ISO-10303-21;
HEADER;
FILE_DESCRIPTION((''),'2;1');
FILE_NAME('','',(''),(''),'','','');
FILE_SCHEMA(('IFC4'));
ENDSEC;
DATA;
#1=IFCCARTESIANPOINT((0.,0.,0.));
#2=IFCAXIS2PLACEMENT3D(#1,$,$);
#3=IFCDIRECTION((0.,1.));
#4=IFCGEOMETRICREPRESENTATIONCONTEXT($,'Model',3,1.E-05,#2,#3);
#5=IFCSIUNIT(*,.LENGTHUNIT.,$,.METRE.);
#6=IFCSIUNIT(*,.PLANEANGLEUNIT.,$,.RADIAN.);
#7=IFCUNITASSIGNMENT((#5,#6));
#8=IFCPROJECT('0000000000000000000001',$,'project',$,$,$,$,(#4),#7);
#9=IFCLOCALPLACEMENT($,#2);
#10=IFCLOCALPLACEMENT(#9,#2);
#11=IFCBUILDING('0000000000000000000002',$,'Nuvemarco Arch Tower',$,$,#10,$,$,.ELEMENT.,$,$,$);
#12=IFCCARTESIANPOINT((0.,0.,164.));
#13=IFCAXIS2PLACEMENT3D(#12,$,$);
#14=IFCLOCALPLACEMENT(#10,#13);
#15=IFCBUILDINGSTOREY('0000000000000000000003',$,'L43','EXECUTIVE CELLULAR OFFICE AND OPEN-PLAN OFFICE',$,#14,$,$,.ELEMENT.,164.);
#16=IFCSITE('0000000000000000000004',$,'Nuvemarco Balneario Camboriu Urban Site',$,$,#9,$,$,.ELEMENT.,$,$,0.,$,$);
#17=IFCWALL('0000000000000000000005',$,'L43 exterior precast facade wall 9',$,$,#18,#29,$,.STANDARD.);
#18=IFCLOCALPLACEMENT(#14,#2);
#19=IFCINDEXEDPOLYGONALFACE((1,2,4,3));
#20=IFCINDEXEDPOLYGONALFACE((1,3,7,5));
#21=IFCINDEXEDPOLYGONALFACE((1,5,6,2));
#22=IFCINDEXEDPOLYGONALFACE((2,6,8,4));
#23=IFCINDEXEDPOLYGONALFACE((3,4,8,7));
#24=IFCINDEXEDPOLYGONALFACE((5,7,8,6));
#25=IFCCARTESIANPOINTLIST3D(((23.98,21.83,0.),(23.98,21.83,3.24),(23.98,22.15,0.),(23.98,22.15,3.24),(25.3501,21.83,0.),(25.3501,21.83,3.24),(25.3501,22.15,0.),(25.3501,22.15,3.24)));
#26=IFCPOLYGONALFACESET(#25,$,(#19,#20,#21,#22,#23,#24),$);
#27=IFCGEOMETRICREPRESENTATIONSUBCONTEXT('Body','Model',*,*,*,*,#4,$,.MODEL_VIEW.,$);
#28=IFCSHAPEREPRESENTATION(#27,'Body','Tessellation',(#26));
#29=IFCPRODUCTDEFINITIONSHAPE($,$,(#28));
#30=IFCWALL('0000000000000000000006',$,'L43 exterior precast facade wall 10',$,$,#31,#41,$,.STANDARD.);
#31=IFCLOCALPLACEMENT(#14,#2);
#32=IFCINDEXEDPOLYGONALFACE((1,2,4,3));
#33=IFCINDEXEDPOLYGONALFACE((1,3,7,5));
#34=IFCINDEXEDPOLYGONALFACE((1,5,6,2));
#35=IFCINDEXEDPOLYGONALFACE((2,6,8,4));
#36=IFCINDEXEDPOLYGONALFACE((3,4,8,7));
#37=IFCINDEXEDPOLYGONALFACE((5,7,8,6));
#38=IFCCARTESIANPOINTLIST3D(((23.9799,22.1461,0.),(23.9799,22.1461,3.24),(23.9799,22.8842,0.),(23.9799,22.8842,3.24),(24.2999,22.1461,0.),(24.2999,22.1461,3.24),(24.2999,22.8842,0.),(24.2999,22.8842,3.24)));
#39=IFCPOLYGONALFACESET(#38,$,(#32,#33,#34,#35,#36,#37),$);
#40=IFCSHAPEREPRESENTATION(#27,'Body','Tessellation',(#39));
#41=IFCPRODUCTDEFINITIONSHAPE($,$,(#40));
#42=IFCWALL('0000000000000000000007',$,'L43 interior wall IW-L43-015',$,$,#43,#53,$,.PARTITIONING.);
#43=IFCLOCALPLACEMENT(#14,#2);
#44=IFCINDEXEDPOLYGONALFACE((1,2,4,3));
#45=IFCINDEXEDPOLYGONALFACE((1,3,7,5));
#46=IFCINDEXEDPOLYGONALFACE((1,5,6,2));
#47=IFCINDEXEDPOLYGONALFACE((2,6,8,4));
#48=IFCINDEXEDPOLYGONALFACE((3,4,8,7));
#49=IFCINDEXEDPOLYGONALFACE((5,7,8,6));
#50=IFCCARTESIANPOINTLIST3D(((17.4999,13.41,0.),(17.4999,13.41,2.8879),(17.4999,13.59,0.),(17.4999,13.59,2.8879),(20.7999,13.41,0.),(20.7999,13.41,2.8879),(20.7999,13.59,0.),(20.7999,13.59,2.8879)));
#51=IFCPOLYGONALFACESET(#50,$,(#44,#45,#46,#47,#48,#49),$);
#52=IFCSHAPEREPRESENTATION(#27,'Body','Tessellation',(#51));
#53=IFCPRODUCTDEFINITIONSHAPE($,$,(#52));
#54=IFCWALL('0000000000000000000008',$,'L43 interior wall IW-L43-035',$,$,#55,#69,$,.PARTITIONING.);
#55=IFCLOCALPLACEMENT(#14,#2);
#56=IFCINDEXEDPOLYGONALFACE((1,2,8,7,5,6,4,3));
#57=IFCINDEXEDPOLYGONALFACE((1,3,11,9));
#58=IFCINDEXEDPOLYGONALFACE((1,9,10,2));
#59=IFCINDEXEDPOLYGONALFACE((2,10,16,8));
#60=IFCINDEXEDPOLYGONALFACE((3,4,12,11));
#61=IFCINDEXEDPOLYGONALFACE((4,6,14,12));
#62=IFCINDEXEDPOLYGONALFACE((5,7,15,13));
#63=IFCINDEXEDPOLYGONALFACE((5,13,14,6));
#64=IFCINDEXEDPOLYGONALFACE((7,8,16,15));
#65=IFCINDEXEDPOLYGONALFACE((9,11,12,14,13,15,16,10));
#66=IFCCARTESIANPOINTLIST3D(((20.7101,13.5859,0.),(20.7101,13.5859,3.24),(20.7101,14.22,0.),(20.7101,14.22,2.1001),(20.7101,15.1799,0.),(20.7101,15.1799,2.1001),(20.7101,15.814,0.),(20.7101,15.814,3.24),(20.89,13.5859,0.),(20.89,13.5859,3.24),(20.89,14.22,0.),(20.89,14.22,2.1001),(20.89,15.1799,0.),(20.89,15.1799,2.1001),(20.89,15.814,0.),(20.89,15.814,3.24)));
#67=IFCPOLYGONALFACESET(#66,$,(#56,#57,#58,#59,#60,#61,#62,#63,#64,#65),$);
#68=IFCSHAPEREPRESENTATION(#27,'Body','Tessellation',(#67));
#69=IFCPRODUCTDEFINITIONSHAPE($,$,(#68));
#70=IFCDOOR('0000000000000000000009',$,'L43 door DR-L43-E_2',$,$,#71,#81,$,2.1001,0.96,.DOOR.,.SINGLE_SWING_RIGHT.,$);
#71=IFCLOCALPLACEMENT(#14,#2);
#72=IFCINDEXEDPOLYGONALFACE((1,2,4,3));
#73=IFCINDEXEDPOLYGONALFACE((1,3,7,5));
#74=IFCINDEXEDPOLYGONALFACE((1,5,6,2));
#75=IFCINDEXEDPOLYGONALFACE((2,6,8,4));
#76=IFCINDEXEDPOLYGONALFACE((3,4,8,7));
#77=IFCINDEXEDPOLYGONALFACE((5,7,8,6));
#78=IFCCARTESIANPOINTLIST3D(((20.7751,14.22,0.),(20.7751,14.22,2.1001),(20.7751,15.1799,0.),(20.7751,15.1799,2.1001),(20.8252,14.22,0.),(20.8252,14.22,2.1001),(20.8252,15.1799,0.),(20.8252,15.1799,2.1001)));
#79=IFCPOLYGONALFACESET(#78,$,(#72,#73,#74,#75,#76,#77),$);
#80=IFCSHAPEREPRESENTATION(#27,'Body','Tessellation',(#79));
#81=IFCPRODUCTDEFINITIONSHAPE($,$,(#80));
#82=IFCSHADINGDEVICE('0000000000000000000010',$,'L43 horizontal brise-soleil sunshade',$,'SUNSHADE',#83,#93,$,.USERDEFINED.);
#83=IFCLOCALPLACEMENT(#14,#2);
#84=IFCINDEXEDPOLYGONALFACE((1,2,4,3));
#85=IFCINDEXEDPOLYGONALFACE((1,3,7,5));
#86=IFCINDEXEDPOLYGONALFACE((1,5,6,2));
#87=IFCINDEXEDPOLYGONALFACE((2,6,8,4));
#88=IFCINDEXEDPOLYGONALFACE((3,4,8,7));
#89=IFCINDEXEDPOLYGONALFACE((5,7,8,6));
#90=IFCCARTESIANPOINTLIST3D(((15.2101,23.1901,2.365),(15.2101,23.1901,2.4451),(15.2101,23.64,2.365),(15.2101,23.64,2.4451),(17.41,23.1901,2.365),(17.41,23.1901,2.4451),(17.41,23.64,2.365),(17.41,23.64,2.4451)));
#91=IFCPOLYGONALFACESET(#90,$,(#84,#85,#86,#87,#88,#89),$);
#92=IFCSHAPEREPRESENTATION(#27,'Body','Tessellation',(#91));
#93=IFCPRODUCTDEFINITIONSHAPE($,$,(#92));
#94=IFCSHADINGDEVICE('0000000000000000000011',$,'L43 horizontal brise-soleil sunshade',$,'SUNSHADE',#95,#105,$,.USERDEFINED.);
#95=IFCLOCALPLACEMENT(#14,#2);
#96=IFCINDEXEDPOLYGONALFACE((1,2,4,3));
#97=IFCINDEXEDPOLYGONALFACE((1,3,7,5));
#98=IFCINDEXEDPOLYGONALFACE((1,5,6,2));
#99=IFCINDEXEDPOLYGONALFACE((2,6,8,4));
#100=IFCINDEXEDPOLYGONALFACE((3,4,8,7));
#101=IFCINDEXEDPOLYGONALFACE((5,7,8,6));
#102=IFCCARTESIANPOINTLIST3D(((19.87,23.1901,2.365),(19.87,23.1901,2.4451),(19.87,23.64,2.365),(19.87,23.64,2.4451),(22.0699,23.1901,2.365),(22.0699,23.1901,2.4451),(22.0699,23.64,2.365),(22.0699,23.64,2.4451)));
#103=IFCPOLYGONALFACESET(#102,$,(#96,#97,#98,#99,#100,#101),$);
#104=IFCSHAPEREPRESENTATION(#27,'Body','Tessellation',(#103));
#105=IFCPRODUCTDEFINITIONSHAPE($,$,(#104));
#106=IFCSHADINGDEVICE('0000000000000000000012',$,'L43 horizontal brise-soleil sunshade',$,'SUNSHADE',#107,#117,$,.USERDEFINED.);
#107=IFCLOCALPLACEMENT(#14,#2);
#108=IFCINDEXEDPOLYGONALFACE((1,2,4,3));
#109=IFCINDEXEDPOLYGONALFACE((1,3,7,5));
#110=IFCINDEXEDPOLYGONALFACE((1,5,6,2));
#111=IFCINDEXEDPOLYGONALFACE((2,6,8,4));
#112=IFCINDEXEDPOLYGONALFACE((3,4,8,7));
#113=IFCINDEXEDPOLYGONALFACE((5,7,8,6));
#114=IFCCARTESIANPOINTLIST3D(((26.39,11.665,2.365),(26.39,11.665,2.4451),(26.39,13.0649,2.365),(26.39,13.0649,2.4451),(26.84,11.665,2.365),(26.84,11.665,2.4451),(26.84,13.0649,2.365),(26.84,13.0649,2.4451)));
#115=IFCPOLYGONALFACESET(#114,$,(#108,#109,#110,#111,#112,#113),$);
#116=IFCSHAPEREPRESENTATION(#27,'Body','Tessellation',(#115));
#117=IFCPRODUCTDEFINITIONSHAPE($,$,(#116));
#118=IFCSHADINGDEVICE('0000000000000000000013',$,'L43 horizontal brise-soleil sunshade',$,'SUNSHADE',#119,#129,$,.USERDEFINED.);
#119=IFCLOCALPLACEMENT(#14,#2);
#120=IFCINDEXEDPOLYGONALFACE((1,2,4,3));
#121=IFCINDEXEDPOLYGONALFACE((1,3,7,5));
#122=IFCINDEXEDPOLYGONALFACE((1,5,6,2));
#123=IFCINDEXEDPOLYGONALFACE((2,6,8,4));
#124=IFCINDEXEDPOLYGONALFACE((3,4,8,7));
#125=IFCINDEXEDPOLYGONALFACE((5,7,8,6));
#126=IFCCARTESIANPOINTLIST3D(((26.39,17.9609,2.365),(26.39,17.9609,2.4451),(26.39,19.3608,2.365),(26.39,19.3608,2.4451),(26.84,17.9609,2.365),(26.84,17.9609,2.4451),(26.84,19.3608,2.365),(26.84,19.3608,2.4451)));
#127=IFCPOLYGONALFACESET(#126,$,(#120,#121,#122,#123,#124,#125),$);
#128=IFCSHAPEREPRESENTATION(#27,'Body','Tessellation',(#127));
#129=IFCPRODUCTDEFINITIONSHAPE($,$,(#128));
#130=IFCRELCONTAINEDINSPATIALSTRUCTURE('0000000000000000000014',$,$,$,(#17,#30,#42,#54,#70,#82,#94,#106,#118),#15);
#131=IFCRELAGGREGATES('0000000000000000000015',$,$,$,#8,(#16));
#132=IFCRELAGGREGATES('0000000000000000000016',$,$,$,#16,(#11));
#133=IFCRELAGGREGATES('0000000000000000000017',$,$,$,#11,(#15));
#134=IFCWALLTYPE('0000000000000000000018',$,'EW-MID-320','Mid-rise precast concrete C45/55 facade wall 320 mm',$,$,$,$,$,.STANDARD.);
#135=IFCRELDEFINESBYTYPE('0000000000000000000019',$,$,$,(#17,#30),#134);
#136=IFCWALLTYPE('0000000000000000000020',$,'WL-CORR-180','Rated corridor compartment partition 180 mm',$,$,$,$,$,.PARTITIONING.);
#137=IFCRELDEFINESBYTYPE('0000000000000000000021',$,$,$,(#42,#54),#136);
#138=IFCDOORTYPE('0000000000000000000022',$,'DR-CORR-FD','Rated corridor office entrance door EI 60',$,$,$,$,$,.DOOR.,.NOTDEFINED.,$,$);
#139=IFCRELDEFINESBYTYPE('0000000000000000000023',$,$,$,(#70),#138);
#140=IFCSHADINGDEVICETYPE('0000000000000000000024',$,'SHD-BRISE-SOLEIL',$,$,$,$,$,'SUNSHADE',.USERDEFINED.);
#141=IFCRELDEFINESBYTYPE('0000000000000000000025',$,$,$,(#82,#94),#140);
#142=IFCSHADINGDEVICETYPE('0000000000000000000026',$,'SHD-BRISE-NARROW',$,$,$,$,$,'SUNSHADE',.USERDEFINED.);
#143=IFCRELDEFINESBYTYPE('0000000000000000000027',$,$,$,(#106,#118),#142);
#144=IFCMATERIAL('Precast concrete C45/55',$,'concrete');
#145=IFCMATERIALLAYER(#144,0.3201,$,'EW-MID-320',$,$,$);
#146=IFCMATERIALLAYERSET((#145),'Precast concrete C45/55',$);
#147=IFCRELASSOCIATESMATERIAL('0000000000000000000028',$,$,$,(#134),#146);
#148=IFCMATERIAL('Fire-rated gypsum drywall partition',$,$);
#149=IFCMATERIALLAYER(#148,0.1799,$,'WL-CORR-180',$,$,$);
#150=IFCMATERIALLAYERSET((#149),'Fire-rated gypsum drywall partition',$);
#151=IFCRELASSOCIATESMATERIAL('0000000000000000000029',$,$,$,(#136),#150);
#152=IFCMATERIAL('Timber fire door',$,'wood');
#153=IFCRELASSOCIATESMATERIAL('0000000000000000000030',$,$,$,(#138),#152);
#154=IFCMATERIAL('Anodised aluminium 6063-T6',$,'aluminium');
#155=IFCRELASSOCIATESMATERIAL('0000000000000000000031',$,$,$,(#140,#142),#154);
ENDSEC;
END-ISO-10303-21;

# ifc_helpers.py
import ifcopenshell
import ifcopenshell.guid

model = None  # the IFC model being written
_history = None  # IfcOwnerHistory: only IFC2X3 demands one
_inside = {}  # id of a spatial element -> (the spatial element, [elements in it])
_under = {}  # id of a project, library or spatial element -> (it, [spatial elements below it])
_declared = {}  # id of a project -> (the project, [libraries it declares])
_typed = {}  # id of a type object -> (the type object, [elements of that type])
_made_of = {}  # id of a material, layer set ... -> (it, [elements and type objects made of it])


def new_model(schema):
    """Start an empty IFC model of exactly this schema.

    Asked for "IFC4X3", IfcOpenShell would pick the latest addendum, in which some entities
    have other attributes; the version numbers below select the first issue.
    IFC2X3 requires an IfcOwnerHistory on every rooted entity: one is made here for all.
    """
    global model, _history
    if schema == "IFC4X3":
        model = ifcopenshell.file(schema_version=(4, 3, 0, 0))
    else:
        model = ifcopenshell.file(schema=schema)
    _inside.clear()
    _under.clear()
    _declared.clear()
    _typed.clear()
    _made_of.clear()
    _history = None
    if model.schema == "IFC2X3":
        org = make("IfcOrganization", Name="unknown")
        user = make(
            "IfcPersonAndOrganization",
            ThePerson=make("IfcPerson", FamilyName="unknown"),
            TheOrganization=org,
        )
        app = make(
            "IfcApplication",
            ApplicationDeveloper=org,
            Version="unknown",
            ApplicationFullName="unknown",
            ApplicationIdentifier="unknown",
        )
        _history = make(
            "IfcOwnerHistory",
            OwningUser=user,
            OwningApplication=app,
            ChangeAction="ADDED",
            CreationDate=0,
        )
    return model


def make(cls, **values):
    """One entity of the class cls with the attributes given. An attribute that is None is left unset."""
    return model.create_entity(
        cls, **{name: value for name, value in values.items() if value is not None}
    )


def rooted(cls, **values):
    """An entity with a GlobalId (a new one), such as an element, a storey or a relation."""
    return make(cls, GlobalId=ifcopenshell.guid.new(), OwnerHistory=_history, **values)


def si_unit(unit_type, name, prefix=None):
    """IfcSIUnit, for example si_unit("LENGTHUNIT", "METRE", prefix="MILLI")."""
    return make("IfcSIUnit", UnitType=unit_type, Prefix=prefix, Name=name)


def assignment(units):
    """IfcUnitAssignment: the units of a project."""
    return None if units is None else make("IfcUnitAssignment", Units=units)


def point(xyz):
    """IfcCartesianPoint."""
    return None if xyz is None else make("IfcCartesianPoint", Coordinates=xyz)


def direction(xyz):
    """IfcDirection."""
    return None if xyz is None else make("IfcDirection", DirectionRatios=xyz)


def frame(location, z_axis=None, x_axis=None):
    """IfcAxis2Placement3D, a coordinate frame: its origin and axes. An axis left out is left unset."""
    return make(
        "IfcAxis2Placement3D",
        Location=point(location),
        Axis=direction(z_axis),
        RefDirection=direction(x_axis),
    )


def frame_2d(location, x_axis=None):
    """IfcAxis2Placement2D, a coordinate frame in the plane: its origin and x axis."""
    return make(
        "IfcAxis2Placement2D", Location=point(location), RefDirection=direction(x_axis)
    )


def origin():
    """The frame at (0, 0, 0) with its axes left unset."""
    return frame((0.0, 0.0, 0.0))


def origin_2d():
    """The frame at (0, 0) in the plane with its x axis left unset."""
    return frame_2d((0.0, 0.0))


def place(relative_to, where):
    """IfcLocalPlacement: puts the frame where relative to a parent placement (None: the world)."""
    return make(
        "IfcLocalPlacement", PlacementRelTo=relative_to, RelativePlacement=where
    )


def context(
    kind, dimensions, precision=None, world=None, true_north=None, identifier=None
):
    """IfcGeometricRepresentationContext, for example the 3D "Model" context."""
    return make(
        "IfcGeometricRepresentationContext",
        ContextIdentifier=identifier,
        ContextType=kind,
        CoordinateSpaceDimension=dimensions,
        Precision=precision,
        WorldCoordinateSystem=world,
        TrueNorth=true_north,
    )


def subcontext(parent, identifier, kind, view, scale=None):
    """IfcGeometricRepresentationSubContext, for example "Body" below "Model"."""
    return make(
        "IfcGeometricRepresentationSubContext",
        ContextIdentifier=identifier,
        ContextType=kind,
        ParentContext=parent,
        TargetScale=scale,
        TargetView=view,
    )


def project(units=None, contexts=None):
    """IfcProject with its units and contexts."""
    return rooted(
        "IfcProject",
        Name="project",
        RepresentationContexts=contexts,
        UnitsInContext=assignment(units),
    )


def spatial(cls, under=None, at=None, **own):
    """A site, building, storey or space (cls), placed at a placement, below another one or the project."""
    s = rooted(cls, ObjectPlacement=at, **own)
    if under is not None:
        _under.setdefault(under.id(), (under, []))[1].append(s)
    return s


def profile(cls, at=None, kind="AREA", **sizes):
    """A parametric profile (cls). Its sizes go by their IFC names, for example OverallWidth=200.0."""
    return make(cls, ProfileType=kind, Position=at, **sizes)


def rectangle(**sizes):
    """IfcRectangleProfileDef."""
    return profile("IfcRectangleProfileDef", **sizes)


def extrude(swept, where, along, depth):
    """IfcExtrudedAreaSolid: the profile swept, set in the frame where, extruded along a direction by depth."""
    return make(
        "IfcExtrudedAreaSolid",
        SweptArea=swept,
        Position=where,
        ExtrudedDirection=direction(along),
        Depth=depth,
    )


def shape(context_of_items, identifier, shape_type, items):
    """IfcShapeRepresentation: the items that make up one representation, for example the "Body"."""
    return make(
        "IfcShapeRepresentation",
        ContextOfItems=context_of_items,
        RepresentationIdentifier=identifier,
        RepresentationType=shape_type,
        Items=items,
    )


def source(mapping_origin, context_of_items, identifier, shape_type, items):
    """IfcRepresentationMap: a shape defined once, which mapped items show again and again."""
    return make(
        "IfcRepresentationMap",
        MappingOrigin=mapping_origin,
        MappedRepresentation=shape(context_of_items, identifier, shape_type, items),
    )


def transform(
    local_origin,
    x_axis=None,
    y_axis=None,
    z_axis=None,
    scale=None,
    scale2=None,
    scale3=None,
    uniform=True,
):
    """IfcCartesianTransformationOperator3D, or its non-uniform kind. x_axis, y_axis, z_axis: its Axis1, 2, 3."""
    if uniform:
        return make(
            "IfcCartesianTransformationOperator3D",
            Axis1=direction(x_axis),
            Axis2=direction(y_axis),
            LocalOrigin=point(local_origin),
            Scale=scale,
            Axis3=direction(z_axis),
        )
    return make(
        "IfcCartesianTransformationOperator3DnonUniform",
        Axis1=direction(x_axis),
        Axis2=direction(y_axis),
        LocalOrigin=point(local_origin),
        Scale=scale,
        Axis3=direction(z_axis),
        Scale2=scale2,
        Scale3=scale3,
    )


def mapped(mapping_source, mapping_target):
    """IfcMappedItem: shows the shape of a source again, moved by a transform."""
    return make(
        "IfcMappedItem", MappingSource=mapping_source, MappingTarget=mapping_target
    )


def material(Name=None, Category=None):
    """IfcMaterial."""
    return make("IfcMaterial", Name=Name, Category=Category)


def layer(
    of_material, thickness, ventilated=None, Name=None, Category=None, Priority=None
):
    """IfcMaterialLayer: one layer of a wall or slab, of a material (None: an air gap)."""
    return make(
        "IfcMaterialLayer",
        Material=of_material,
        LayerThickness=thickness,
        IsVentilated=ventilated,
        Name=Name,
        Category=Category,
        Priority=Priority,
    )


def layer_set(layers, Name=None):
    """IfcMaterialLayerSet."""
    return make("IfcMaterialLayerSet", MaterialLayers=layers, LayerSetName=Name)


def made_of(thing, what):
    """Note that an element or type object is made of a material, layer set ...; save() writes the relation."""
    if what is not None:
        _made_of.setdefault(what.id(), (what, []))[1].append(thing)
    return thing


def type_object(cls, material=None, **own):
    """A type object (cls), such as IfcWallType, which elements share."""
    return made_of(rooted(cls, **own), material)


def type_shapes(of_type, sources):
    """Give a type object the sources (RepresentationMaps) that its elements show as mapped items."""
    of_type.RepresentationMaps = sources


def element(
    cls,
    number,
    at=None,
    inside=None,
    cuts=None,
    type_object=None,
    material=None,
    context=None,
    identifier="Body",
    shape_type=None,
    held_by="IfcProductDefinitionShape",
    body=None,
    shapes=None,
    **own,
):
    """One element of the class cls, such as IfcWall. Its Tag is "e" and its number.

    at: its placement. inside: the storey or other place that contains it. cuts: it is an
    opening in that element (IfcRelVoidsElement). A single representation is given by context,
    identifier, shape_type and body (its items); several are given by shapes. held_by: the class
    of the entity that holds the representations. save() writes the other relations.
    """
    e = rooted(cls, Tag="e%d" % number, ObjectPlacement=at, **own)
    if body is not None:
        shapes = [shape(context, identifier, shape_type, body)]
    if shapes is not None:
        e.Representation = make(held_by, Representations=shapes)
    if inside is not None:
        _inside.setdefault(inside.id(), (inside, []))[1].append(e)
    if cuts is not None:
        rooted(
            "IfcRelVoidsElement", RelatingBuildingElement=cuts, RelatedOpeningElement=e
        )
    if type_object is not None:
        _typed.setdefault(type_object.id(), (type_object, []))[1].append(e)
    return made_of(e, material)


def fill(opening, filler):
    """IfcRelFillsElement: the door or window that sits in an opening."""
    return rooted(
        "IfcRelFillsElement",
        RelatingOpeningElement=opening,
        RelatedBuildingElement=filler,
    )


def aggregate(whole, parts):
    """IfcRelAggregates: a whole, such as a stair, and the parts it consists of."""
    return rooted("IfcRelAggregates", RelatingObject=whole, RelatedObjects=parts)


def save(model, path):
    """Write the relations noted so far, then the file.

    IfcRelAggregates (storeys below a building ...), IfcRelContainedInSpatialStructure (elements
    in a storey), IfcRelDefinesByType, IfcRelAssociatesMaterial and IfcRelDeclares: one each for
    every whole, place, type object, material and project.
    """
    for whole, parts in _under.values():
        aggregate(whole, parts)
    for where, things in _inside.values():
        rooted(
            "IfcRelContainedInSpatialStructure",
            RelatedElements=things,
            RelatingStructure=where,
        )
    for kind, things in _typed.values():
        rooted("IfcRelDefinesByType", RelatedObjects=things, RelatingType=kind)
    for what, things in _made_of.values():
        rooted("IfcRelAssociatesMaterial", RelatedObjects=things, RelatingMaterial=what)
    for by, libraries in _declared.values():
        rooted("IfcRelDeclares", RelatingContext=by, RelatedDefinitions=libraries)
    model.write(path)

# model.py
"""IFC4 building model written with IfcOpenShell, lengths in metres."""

from ifc_helpers import new_model, si_unit, direction, frame, frame_2d, origin, origin_2d, place, context, subcontext, project, spatial, rectangle, extrude, source, transform, mapped, material, layer, layer_set, type_object, type_shapes, element, fill, save


model = new_model("IFC4")

# Units and contexts
model_context = context("Model", 3, precision=1e-05, world=origin(), true_north=direction((0.0, 1.0)))
body_context = subcontext(model_context, "Body", "Model", "MODEL_VIEW")
ifc_project = project(units=[si_unit("LENGTHUNIT", "METRE"), si_unit("PLANEANGLEUNIT", "RADIAN")], contexts=[model_context])

# Site, building, storey
site_placement = place(None, origin())
site = spatial("IfcSite", under=ifc_project, at=site_placement, Name="Nuvemarco Balneario Camboriu Urban Site", CompositionType="ELEMENT", RefElevation=0.0)
building_placement = place(site_placement, origin())
building = spatial("IfcBuilding", under=site, at=building_placement, Name="Nuvemarco Arch Tower", CompositionType="ELEMENT")
storey_placement = place(building_placement, frame((0.0, 0.0, 164.0)))
storey = spatial("IfcBuildingStorey", under=building, at=storey_placement, Name="L43", Description="EXECUTIVE CELLULAR OFFICE AND OPEN-PLAN OFFICE", CompositionType="ELEMENT", Elevation=164.0)

# Shared definitions
ifc_material_1 = material(Name="Precast concrete C45/55", Category="concrete")

# Walls
ifc_layer_1 = layer(ifc_material_1, 0.3201, Name="EW-MID-320")
ifc_layer_set_1 = layer_set([ifc_layer_1], Name="Precast concrete C45/55")
wall_type_1 = type_object("IfcWallType", Name="EW-MID-320", Description="Mid-rise precast concrete C45/55 facade wall 320 mm", PredefinedType="STANDARD", material=ifc_layer_set_1)
wall_1_placement = place(storey_placement, frame((23.98, 21.99, 0.0), z_axis=(0.0, 0.0, 1.0), x_axis=(1.0, 0.0, 0.0)))
element("IfcWall", 1, at=wall_1_placement, inside=storey, type_object=wall_type_1, Name="L43 exterior precast facade wall 9", PredefinedType="STANDARD", context=body_context, shape_type="SweptSolid", body=[
    extrude(rectangle(XDim=1.3701, YDim=0.3201, at=frame_2d((0.6851, 0.0))), origin(), (0.0, 0.0, 1.0), 3.24),
])
wall_2_placement = place(storey_placement, frame((24.1399, 22.146, 0.0), z_axis=(0.0, 0.0, 1.0), x_axis=(0.0, 1.0, 0.0)))
element("IfcWall", 2, at=wall_2_placement, inside=storey, type_object=wall_type_1, Name="L43 exterior precast facade wall 10", PredefinedType="STANDARD", context=body_context, shape_type="SweptSolid", body=[
    extrude(rectangle(XDim=0.738, YDim=0.3201, at=frame_2d((0.3691, 0.0))), origin(), (0.0, 0.0, 1.0), 3.24),
])
ifc_material_2 = material(Name="Fire-rated gypsum drywall partition")
ifc_layer_2 = layer(ifc_material_2, 0.1799, Name="WL-CORR-180")
ifc_layer_set_2 = layer_set([ifc_layer_2], Name="Fire-rated gypsum drywall partition")
wall_type_2 = type_object("IfcWallType", Name="WL-CORR-180", Description="Rated corridor compartment partition 180 mm", PredefinedType="PARTITIONING", material=ifc_layer_set_2)
wall_3_placement = place(storey_placement, frame((17.5, 13.5, 0.0), z_axis=(0.0, 0.0, 1.0), x_axis=(1.0, 0.0, 0.0)))
element("IfcWall", 3, at=wall_3_placement, inside=storey, type_object=wall_type_2, Name="L43 interior wall IW-L43-015", PredefinedType="PARTITIONING", context=body_context, shape_type="SweptSolid", body=[
    extrude(rectangle(XDim=3.3, YDim=0.1799, at=frame_2d((1.6499, 0.0))), origin(), (0.0, 0.0, 1.0), 2.8879),
])

# Wall, opening, door
wall_4_placement = place(storey_placement, frame((20.8, 13.5859, 0.0), z_axis=(0.0, 0.0, 1.0), x_axis=(0.0, 1.0, 0.0)))
wall_4 = element("IfcWall", 4, at=wall_4_placement, inside=storey, type_object=wall_type_2, Name="L43 interior wall IW-L43-035", PredefinedType="PARTITIONING", context=body_context, shape_type="SweptSolid", body=[
    extrude(rectangle(XDim=2.228, YDim=0.1799, at=frame_2d((1.114, 0.0))), origin(), (0.0, 0.0, 1.0), 3.24),
])
opening_placement = place(wall_4_placement, frame((0.634, 0.0, 0.0)))
opening = element("IfcOpeningElement", 5, at=opening_placement, cuts=wall_4, PredefinedType="OPENING", context=body_context, shape_type="SweptSolid", body=[
    extrude(rectangle(XDim=0.96, YDim=2.1001, at=frame_2d((0.48, 1.05))), frame((0.0, 0.0999, 0.0), z_axis=(0.0, -1.0, 0.0), x_axis=(1.0, 0.0, 0.0)), (0.0, 0.0, 1.0), 0.2),
])
ifc_material_3 = material(Name="Timber fire door", Category="wood")
door_type = type_object("IfcDoorType", Name="DR-CORR-FD", Description="Rated corridor office entrance door EI 60", OperationType="NOTDEFINED", PredefinedType="DOOR", material=ifc_material_3)
shared_shape_1 = source(origin(), body_context, "Body", "SweptSolid", [
    extrude(rectangle(XDim=0.96, YDim=2.1001, at=frame_2d((0.48, 1.05))), frame((0.0, 0.0249, 0.0), z_axis=(0.0, -1.0, 0.0), x_axis=(1.0, 0.0, 0.0)), (0.0, 0.0, 1.0), 0.05),
])
type_shapes(door_type, [shared_shape_1])
door_placement = place(opening_placement, origin())
door = element("IfcDoor", 6, at=door_placement, inside=storey, type_object=door_type, Name="L43 door DR-L43-E_2", OperationType="SINGLE_SWING_RIGHT", OverallHeight=2.1001, OverallWidth=0.96, PredefinedType="DOOR", context=body_context, shape_type="MappedRepresentation", body=[
    mapped(shared_shape_1, transform((0.0, 0.0, 0.0), scale=1.0)),
])
fill(opening, door)

# Shading devices
ifc_material_4 = material(Name="Anodised aluminium 6063-T6", Category="aluminium")
shading_device_type_1 = type_object("IfcShadingDeviceType", Name="SHD-BRISE-SOLEIL", ElementType="SUNSHADE", PredefinedType="USERDEFINED", material=ifc_material_4)
shared_shape_2 = source(origin(), body_context, "Body", "SweptSolid", [
    extrude(rectangle(XDim=2.2, YDim=0.45, at=origin_2d()), origin(), (0.0, 0.0, 1.0), 0.0801),
])
type_shapes(shading_device_type_1, [shared_shape_2])
for number, where, z_axis, x_axis, name in (
    (7, (16.3101, 23.415, 2.365), (0.0, 0.0, 1.0), (1.0, 0.0, 0.0), "L43 horizontal brise-soleil sunshade"),
    (8, (20.97, 23.415, 2.365), (0.0, 0.0, 1.0), (1.0, 0.0, 0.0), "L43 horizontal brise-soleil sunshade"),
):
    element("IfcShadingDevice", number, at=place(storey_placement, frame(where, z_axis=z_axis, x_axis=x_axis)), inside=storey, type_object=shading_device_type_1, Name=name, ObjectType="SUNSHADE", PredefinedType="USERDEFINED", context=body_context, shape_type="MappedRepresentation", body=[
        mapped(shared_shape_2, transform((0.0, 0.0, 0.0), scale=1.0)),
    ])
shading_device_type_2 = type_object("IfcShadingDeviceType", Name="SHD-BRISE-NARROW", ElementType="SUNSHADE", PredefinedType="USERDEFINED", material=ifc_material_4)
shared_shape_3 = source(origin(), body_context, "Body", "SweptSolid", [
    extrude(rectangle(XDim=1.3999, YDim=0.45, at=origin_2d()), origin(), (0.0, 0.0, 1.0), 0.0801),
])
type_shapes(shading_device_type_2, [shared_shape_3])
for number, where, z_axis, x_axis, name in (
    (9, (26.615, 12.365, 2.365), (0.0, 0.0, 1.0), (0.0, 1.0, 0.0), "L43 horizontal brise-soleil sunshade"),
    (10, (26.615, 18.6609, 2.365), (0.0, 0.0, 1.0), (0.0, 1.0, 0.0), "L43 horizontal brise-soleil sunshade"),
):
    element("IfcShadingDevice", number, at=place(storey_placement, frame(where, z_axis=z_axis, x_axis=x_axis)), inside=storey, type_object=shading_device_type_2, Name=name, ObjectType="SUNSHADE", PredefinedType="USERDEFINED", context=body_context, shape_type="MappedRepresentation", body=[
        mapped(shared_shape_3, transform((0.0, 0.0, 0.0), scale=1.0)),
    ])

save(model, "model.ifc")
